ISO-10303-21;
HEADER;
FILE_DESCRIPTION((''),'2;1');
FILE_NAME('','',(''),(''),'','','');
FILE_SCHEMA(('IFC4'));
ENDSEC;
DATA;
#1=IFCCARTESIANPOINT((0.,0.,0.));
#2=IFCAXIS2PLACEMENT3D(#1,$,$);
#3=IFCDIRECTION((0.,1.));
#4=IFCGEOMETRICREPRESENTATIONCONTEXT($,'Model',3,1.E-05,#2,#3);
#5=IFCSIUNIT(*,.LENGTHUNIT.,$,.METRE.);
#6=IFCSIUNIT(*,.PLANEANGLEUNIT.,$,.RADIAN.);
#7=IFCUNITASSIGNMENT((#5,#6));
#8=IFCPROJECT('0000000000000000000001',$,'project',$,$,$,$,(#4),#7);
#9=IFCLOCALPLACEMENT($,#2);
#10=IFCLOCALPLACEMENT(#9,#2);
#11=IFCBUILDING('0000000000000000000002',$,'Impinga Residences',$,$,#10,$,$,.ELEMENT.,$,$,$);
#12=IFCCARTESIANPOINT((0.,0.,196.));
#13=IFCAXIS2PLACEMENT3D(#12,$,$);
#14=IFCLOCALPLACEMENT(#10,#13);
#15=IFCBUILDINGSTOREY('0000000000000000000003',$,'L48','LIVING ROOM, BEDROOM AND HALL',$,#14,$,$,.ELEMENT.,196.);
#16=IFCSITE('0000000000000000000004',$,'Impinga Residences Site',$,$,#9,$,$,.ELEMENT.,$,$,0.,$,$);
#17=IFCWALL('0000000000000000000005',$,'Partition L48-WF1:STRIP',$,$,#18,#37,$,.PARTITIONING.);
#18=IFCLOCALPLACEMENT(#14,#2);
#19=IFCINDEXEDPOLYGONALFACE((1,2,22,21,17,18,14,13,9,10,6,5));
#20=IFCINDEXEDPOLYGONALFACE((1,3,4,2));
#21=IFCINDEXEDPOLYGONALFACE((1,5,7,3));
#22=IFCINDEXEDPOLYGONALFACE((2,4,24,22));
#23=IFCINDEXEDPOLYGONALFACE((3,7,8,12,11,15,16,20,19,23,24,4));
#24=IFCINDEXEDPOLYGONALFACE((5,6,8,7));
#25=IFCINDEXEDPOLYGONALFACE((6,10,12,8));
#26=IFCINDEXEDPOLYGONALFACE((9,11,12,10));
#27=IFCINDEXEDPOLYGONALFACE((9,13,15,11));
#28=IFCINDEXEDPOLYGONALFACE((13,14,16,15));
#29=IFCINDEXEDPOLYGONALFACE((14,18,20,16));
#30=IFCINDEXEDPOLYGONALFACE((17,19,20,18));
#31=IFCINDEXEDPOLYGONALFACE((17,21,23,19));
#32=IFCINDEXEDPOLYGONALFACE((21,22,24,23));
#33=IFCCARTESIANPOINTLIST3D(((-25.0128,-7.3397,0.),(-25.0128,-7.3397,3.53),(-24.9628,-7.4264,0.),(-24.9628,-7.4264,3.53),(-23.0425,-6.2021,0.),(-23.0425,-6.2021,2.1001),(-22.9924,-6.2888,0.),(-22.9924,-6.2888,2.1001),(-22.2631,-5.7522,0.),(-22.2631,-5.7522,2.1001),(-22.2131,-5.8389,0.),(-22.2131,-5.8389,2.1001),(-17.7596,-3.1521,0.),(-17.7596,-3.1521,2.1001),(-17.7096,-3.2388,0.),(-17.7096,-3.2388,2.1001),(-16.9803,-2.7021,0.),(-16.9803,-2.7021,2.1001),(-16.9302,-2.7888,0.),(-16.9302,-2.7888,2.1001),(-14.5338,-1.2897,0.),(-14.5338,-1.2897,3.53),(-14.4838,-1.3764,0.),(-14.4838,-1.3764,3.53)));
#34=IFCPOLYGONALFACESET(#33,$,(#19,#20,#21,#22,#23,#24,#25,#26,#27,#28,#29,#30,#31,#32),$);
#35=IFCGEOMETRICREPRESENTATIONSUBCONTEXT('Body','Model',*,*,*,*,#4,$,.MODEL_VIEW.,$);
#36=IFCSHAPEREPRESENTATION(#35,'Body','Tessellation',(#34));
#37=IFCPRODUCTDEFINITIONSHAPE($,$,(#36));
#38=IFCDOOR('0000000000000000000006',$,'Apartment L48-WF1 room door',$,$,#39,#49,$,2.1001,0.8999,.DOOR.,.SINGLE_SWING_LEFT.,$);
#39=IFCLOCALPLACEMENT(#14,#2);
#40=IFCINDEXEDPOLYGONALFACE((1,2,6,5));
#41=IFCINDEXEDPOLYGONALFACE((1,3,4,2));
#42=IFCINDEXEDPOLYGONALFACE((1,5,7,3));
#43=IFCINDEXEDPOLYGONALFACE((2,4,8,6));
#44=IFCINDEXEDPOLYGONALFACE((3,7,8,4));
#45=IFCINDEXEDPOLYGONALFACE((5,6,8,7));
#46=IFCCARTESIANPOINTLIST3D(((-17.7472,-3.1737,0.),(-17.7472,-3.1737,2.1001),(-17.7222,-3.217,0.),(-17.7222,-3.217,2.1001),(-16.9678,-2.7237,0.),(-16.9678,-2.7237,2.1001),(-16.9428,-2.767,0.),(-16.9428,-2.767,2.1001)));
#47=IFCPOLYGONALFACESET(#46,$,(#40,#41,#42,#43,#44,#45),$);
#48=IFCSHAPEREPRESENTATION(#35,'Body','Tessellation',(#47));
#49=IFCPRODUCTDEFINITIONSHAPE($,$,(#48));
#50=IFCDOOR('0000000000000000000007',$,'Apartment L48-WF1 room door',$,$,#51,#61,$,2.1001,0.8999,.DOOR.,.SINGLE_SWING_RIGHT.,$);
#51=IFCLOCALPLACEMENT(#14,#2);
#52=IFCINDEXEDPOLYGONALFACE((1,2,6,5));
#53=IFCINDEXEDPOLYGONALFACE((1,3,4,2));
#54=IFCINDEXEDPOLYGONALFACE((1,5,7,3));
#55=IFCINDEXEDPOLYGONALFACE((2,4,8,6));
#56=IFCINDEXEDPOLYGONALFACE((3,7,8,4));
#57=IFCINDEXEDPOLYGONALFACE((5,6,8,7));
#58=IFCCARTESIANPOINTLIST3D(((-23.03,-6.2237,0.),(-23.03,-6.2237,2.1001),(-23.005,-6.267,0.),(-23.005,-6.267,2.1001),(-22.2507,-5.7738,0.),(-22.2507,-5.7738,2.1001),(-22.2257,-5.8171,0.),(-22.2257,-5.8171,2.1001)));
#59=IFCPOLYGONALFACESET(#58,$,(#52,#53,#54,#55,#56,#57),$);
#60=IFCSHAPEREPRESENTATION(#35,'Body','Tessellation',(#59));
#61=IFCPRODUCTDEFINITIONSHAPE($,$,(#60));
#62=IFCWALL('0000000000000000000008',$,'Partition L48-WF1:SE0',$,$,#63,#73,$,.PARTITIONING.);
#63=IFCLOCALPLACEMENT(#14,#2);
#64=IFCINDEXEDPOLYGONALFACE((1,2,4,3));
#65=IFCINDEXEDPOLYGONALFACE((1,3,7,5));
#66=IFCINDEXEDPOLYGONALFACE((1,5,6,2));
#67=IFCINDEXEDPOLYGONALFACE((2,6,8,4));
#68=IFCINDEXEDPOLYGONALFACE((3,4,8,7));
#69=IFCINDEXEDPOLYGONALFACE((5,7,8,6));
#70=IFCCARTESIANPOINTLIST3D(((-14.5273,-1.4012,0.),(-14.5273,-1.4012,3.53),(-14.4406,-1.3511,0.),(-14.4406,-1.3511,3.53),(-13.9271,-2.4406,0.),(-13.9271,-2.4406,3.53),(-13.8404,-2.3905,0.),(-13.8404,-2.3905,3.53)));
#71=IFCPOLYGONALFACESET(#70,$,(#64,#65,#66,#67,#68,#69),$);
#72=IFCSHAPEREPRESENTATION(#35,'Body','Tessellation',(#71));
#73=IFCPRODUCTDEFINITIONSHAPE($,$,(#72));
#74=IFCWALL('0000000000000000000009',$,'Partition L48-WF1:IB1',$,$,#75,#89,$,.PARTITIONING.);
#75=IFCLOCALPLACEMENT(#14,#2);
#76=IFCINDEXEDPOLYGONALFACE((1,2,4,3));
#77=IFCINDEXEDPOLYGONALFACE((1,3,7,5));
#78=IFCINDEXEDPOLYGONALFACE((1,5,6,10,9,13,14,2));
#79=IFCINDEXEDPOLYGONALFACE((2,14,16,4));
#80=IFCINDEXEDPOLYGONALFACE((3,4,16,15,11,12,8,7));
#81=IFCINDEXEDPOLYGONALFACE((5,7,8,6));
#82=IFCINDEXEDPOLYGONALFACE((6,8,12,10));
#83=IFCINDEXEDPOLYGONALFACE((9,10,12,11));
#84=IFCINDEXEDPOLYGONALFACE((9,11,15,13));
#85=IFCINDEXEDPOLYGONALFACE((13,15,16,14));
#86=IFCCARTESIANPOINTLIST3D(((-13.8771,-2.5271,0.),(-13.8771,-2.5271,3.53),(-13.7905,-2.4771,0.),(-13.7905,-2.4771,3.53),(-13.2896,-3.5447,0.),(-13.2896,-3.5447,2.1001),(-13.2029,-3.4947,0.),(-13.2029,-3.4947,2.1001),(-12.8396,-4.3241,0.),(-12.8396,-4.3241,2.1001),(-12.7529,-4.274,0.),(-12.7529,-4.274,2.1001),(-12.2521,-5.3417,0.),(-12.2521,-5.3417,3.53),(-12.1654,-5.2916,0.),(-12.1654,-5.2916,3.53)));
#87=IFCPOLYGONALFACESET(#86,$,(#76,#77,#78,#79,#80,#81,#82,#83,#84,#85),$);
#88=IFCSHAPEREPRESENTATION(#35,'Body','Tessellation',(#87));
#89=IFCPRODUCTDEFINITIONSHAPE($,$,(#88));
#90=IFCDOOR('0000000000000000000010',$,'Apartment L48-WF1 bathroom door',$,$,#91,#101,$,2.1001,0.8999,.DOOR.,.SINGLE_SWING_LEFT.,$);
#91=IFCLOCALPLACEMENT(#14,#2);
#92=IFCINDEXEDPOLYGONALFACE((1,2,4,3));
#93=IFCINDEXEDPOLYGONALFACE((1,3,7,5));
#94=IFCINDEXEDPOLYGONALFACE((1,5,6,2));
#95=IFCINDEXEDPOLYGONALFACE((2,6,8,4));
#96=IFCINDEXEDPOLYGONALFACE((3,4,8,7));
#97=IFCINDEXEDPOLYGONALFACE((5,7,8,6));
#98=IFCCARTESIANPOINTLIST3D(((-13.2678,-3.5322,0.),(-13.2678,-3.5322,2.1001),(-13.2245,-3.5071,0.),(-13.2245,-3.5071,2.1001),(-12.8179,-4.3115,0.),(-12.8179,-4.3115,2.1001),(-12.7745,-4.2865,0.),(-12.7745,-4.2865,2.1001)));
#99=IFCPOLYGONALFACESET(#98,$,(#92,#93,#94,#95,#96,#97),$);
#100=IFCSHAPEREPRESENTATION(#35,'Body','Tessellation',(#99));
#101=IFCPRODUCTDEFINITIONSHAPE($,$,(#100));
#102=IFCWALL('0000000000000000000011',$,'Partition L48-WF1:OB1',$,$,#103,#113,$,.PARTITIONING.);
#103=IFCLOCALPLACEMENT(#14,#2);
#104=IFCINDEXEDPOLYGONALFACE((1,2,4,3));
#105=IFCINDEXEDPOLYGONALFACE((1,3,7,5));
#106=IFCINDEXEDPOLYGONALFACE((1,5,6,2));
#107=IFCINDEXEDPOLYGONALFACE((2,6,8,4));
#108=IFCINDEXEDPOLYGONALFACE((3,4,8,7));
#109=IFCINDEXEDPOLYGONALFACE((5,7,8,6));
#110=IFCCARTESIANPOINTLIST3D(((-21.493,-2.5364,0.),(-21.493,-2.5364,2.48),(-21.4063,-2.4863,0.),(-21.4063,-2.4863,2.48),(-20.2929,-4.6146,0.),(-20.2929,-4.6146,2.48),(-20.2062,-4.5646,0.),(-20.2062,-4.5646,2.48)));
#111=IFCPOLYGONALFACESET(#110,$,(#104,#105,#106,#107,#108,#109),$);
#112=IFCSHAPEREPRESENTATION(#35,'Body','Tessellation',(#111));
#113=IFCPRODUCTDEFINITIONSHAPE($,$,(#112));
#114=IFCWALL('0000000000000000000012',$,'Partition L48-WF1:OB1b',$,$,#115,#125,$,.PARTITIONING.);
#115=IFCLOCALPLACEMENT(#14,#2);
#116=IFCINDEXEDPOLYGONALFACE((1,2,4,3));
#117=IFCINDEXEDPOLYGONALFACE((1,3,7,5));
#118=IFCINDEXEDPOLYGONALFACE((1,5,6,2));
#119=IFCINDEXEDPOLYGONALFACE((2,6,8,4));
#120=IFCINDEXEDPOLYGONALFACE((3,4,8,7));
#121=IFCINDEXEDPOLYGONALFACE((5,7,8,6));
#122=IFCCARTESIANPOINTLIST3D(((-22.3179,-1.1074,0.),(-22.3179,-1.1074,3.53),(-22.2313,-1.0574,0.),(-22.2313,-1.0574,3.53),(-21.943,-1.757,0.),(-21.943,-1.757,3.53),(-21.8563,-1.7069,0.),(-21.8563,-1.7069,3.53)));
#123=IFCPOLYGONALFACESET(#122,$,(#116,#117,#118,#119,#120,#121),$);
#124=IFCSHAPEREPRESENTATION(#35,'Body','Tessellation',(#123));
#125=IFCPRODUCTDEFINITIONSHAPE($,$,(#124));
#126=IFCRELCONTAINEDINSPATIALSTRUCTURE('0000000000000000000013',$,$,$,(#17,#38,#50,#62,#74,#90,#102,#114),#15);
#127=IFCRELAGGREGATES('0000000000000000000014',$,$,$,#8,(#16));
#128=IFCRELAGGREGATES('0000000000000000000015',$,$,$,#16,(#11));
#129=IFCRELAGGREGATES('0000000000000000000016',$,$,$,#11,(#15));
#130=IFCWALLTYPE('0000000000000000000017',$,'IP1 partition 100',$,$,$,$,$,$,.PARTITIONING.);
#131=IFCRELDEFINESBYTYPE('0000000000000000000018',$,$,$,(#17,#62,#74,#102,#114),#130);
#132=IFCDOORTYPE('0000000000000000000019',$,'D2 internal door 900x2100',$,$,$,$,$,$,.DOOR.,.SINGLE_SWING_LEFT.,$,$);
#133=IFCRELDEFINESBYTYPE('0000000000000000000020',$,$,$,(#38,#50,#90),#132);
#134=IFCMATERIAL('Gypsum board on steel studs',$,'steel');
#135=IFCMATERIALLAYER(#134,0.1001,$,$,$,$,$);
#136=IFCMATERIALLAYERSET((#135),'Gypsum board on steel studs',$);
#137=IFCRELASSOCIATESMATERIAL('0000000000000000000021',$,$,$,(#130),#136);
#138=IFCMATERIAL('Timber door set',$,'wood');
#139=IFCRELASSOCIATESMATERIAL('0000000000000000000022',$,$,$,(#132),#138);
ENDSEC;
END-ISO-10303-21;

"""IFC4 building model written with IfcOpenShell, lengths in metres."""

from ifc_helpers import new_model, si_unit, direction, frame, frame_2d, origin, place, context, subcontext, project, spatial, rectangle, extrude, material, layer, layer_set, type_object, element, fill, save


model = new_model("IFC4")

# Units and contexts
model_context = context("Model", 3, precision=1e-05, world=origin(), true_north=direction((0.0, 1.0)))
body_context = subcontext(model_context, "Body", "Model", "MODEL_VIEW")
ifc_project = project(units=[si_unit("LENGTHUNIT", "METRE"), si_unit("PLANEANGLEUNIT", "RADIAN")], contexts=[model_context])

# Site, building, storey
site_placement = place(None, origin())
site = spatial("IfcSite", under=ifc_project, at=site_placement, Name="Impinga Residences Site", CompositionType="ELEMENT", RefElevation=0.0)
building_placement = place(site_placement, origin())
building = spatial("IfcBuilding", under=site, at=building_placement, Name="Impinga Residences", CompositionType="ELEMENT")
storey_placement = place(building_placement, frame((0.0, 0.0, 196.0)))
storey = spatial("IfcBuildingStorey", under=building, at=storey_placement, Name="L48", Description="LIVING ROOM, BEDROOM AND HALL", CompositionType="ELEMENT", Elevation=196.0)

# Shared definitions
ifc_material_1 = material(Name="Timber door set", Category="wood")

# Shared definitions
ifc_material_2 = material(Name="Gypsum board on steel studs", Category="steel")
ifc_layer_1 = layer(ifc_material_2, 0.1001)
ifc_layer_set_1 = layer_set([ifc_layer_1], Name="Gypsum board on steel studs")
wall_type_1 = type_object("IfcWallType", Name="IP1 partition 100", PredefinedType="PARTITIONING", material=ifc_layer_set_1)

# Wall, openings, doors
wall_1_placement = place(storey_placement, frame((-14.5088, -1.333, 0.0), z_axis=(0.0, 0.0, 1.0), x_axis=(-0.866026, -0.5, 0.0)))
wall_1 = element("IfcWall", 1, at=wall_1_placement, inside=storey, type_object=wall_type_1, Name="Partition L48-WF1:STRIP", PredefinedType="PARTITIONING", context=body_context, shape_type="SweptSolid", body=[
    extrude(rectangle(XDim=12.1001, YDim=0.1001, at=frame_2d((6.05, 0.0))), origin(), (0.0, 0.0, 1.0), 3.53),
])
opening_1_placement = place(wall_1_placement, frame((2.825, 0.0, 0.0)))
opening_1 = element("IfcOpeningElement", 2, at=opening_1_placement, cuts=wall_1, PredefinedType="OPENING", context=body_context, shape_type="SweptSolid", body=[
    extrude(rectangle(XDim=0.8999, YDim=2.1001, at=frame_2d((0.45, 1.05))), frame((0.0, 0.0601, 0.0), z_axis=(0.0, -1.0, 0.0), x_axis=(1.0, 0.0, 0.0)), (0.0, 0.0, 1.0), 0.1201),
])
opening_2_placement = place(wall_1_placement, frame((8.925, 0.0, 0.0)))
opening_2 = element("IfcOpeningElement", 3, at=opening_2_placement, cuts=wall_1, PredefinedType="OPENING", context=body_context, shape_type="SweptSolid", body=[
    extrude(rectangle(XDim=0.8999, YDim=2.1001, at=frame_2d((0.45, 1.05))), frame((0.0, 0.0601, 0.0), z_axis=(0.0, -1.0, 0.0), x_axis=(1.0, 0.0, 0.0)), (0.0, 0.0, 1.0), 0.1201),
])
door_type_1 = type_object("IfcDoorType", Name="D2 internal door 900x2100", OperationType="SINGLE_SWING_LEFT", PredefinedType="DOOR", material=ifc_material_1)
door_1_placement = place(opening_1_placement, origin())
door_1 = element("IfcDoor", 4, at=door_1_placement, inside=storey, type_object=door_type_1, Name="Apartment L48-WF1 room door", OperationType="SINGLE_SWING_LEFT", OverallHeight=2.1001, OverallWidth=0.8999, PredefinedType="DOOR", context=body_context, shape_type="SweptSolid", body=[
    extrude(rectangle(XDim=0.8999, YDim=2.1001, at=frame_2d((0.45, 1.05))), frame((0.0, 0.0249, 0.0), z_axis=(0.0, -1.0, 0.0), x_axis=(1.0, 0.0, 0.0)), (0.0, 0.0, 1.0), 0.05),
])
fill(opening_1, door_1)
door_2_placement = place(opening_2_placement, origin())
door_2 = element("IfcDoor", 5, at=door_2_placement, inside=storey, type_object=door_type_1, Name="Apartment L48-WF1 room door", OperationType="SINGLE_SWING_RIGHT", OverallHeight=2.1001, OverallWidth=0.8999, PredefinedType="DOOR", context=body_context, shape_type="SweptSolid", body=[
    extrude(rectangle(XDim=0.8999, YDim=2.1001, at=frame_2d((0.45, 1.05))), frame((0.0, 0.0249, 0.0), z_axis=(0.0, -1.0, 0.0), x_axis=(1.0, 0.0, 0.0)), (0.0, 0.0, 1.0), 0.05),
])
fill(opening_2, door_2)

# Wall
wall_2_placement = place(storey_placement, frame((-13.8838, -2.4155, 0.0), z_axis=(0.0, 0.0, 1.0), x_axis=(-0.500034, 0.866006, 0.0)))
element("IfcWall", 6, at=wall_2_placement, inside=storey, type_object=wall_type_1, Name="Partition L48-WF1:SE0", PredefinedType="PARTITIONING", context=body_context, shape_type="SweptSolid", body=[
    extrude(rectangle(XDim=1.2002, YDim=0.1001, at=frame_2d((0.6001, 0.0))), origin(), (0.0, 0.0, 1.0), 3.53),
])

# Wall, opening, door
wall_3_placement = place(storey_placement, frame((-12.2087, -5.3167, 0.0), z_axis=(0.0, 0.0, 1.0), x_axis=(-0.500017, 0.866015, 0.0)))
wall_3 = element("IfcWall", 7, at=wall_3_placement, inside=storey, type_object=wall_type_1, Name="Partition L48-WF1:IB1", PredefinedType="PARTITIONING", context=body_context, shape_type="SweptSolid", body=[
    extrude(rectangle(XDim=3.25, YDim=0.1001, at=frame_2d((1.625, 0.0))), origin(), (0.0, 0.0, 1.0), 3.53),
])
opening_3_placement = place(wall_3_placement, frame((1.175, 0.0, 0.0)))
opening_3 = element("IfcOpeningElement", 8, at=opening_3_placement, cuts=wall_3, PredefinedType="OPENING", context=body_context, shape_type="SweptSolid", body=[
    extrude(rectangle(XDim=0.8999, YDim=2.1001, at=frame_2d((0.45, 1.05))), frame((0.0, 0.0601, 0.0), z_axis=(0.0, -1.0, 0.0), x_axis=(1.0, 0.0, 0.0)), (0.0, 0.0, 1.0), 0.1201),
])
door_3_placement = place(opening_3_placement, origin())
door_3 = element("IfcDoor", 9, at=door_3_placement, inside=storey, type_object=door_type_1, Name="Apartment L48-WF1 bathroom door", OperationType="SINGLE_SWING_LEFT", OverallHeight=2.1001, OverallWidth=0.8999, PredefinedType="DOOR", context=body_context, shape_type="SweptSolid", body=[
    extrude(rectangle(XDim=0.8999, YDim=2.1001, at=frame_2d((0.45, 1.05))), frame((0.0, 0.0249, 0.0), z_axis=(0.0, -1.0, 0.0), x_axis=(1.0, 0.0, 0.0)), (0.0, 0.0, 1.0), 0.05),
])
fill(opening_3, door_3)

# Walls
wall_4_placement = place(storey_placement, frame((-20.2495, -4.5896, 0.0), z_axis=(0.0, 0.0, 1.0), x_axis=(-0.500078, 0.865981, 0.0)))
element("IfcWall", 10, at=wall_4_placement, inside=storey, type_object=wall_type_1, Name="Partition L48-WF1:OB1", PredefinedType="PARTITIONING", context=body_context, shape_type="SweptSolid", body=[
    extrude(rectangle(XDim=2.3999, YDim=0.1001, at=frame_2d((1.2, 0.0))), origin(), (0.0, 0.0, 1.0), 2.48),
])
wall_5_placement = place(storey_placement, frame((-21.8997, -1.7319, 0.0), z_axis=(0.0, 0.0, 1.0), x_axis=(-0.49992, 0.866072, 0.0)))
element("IfcWall", 11, at=wall_5_placement, inside=storey, type_object=wall_type_1, Name="Partition L48-WF1:OB1b", PredefinedType="PARTITIONING", context=body_context, shape_type="SweptSolid", body=[
    extrude(rectangle(XDim=0.75, YDim=0.1001, at=frame_2d((0.375, 0.0))), origin(), (0.0, 0.0, 1.0), 3.53),
])

save(model, "model.ifc")
